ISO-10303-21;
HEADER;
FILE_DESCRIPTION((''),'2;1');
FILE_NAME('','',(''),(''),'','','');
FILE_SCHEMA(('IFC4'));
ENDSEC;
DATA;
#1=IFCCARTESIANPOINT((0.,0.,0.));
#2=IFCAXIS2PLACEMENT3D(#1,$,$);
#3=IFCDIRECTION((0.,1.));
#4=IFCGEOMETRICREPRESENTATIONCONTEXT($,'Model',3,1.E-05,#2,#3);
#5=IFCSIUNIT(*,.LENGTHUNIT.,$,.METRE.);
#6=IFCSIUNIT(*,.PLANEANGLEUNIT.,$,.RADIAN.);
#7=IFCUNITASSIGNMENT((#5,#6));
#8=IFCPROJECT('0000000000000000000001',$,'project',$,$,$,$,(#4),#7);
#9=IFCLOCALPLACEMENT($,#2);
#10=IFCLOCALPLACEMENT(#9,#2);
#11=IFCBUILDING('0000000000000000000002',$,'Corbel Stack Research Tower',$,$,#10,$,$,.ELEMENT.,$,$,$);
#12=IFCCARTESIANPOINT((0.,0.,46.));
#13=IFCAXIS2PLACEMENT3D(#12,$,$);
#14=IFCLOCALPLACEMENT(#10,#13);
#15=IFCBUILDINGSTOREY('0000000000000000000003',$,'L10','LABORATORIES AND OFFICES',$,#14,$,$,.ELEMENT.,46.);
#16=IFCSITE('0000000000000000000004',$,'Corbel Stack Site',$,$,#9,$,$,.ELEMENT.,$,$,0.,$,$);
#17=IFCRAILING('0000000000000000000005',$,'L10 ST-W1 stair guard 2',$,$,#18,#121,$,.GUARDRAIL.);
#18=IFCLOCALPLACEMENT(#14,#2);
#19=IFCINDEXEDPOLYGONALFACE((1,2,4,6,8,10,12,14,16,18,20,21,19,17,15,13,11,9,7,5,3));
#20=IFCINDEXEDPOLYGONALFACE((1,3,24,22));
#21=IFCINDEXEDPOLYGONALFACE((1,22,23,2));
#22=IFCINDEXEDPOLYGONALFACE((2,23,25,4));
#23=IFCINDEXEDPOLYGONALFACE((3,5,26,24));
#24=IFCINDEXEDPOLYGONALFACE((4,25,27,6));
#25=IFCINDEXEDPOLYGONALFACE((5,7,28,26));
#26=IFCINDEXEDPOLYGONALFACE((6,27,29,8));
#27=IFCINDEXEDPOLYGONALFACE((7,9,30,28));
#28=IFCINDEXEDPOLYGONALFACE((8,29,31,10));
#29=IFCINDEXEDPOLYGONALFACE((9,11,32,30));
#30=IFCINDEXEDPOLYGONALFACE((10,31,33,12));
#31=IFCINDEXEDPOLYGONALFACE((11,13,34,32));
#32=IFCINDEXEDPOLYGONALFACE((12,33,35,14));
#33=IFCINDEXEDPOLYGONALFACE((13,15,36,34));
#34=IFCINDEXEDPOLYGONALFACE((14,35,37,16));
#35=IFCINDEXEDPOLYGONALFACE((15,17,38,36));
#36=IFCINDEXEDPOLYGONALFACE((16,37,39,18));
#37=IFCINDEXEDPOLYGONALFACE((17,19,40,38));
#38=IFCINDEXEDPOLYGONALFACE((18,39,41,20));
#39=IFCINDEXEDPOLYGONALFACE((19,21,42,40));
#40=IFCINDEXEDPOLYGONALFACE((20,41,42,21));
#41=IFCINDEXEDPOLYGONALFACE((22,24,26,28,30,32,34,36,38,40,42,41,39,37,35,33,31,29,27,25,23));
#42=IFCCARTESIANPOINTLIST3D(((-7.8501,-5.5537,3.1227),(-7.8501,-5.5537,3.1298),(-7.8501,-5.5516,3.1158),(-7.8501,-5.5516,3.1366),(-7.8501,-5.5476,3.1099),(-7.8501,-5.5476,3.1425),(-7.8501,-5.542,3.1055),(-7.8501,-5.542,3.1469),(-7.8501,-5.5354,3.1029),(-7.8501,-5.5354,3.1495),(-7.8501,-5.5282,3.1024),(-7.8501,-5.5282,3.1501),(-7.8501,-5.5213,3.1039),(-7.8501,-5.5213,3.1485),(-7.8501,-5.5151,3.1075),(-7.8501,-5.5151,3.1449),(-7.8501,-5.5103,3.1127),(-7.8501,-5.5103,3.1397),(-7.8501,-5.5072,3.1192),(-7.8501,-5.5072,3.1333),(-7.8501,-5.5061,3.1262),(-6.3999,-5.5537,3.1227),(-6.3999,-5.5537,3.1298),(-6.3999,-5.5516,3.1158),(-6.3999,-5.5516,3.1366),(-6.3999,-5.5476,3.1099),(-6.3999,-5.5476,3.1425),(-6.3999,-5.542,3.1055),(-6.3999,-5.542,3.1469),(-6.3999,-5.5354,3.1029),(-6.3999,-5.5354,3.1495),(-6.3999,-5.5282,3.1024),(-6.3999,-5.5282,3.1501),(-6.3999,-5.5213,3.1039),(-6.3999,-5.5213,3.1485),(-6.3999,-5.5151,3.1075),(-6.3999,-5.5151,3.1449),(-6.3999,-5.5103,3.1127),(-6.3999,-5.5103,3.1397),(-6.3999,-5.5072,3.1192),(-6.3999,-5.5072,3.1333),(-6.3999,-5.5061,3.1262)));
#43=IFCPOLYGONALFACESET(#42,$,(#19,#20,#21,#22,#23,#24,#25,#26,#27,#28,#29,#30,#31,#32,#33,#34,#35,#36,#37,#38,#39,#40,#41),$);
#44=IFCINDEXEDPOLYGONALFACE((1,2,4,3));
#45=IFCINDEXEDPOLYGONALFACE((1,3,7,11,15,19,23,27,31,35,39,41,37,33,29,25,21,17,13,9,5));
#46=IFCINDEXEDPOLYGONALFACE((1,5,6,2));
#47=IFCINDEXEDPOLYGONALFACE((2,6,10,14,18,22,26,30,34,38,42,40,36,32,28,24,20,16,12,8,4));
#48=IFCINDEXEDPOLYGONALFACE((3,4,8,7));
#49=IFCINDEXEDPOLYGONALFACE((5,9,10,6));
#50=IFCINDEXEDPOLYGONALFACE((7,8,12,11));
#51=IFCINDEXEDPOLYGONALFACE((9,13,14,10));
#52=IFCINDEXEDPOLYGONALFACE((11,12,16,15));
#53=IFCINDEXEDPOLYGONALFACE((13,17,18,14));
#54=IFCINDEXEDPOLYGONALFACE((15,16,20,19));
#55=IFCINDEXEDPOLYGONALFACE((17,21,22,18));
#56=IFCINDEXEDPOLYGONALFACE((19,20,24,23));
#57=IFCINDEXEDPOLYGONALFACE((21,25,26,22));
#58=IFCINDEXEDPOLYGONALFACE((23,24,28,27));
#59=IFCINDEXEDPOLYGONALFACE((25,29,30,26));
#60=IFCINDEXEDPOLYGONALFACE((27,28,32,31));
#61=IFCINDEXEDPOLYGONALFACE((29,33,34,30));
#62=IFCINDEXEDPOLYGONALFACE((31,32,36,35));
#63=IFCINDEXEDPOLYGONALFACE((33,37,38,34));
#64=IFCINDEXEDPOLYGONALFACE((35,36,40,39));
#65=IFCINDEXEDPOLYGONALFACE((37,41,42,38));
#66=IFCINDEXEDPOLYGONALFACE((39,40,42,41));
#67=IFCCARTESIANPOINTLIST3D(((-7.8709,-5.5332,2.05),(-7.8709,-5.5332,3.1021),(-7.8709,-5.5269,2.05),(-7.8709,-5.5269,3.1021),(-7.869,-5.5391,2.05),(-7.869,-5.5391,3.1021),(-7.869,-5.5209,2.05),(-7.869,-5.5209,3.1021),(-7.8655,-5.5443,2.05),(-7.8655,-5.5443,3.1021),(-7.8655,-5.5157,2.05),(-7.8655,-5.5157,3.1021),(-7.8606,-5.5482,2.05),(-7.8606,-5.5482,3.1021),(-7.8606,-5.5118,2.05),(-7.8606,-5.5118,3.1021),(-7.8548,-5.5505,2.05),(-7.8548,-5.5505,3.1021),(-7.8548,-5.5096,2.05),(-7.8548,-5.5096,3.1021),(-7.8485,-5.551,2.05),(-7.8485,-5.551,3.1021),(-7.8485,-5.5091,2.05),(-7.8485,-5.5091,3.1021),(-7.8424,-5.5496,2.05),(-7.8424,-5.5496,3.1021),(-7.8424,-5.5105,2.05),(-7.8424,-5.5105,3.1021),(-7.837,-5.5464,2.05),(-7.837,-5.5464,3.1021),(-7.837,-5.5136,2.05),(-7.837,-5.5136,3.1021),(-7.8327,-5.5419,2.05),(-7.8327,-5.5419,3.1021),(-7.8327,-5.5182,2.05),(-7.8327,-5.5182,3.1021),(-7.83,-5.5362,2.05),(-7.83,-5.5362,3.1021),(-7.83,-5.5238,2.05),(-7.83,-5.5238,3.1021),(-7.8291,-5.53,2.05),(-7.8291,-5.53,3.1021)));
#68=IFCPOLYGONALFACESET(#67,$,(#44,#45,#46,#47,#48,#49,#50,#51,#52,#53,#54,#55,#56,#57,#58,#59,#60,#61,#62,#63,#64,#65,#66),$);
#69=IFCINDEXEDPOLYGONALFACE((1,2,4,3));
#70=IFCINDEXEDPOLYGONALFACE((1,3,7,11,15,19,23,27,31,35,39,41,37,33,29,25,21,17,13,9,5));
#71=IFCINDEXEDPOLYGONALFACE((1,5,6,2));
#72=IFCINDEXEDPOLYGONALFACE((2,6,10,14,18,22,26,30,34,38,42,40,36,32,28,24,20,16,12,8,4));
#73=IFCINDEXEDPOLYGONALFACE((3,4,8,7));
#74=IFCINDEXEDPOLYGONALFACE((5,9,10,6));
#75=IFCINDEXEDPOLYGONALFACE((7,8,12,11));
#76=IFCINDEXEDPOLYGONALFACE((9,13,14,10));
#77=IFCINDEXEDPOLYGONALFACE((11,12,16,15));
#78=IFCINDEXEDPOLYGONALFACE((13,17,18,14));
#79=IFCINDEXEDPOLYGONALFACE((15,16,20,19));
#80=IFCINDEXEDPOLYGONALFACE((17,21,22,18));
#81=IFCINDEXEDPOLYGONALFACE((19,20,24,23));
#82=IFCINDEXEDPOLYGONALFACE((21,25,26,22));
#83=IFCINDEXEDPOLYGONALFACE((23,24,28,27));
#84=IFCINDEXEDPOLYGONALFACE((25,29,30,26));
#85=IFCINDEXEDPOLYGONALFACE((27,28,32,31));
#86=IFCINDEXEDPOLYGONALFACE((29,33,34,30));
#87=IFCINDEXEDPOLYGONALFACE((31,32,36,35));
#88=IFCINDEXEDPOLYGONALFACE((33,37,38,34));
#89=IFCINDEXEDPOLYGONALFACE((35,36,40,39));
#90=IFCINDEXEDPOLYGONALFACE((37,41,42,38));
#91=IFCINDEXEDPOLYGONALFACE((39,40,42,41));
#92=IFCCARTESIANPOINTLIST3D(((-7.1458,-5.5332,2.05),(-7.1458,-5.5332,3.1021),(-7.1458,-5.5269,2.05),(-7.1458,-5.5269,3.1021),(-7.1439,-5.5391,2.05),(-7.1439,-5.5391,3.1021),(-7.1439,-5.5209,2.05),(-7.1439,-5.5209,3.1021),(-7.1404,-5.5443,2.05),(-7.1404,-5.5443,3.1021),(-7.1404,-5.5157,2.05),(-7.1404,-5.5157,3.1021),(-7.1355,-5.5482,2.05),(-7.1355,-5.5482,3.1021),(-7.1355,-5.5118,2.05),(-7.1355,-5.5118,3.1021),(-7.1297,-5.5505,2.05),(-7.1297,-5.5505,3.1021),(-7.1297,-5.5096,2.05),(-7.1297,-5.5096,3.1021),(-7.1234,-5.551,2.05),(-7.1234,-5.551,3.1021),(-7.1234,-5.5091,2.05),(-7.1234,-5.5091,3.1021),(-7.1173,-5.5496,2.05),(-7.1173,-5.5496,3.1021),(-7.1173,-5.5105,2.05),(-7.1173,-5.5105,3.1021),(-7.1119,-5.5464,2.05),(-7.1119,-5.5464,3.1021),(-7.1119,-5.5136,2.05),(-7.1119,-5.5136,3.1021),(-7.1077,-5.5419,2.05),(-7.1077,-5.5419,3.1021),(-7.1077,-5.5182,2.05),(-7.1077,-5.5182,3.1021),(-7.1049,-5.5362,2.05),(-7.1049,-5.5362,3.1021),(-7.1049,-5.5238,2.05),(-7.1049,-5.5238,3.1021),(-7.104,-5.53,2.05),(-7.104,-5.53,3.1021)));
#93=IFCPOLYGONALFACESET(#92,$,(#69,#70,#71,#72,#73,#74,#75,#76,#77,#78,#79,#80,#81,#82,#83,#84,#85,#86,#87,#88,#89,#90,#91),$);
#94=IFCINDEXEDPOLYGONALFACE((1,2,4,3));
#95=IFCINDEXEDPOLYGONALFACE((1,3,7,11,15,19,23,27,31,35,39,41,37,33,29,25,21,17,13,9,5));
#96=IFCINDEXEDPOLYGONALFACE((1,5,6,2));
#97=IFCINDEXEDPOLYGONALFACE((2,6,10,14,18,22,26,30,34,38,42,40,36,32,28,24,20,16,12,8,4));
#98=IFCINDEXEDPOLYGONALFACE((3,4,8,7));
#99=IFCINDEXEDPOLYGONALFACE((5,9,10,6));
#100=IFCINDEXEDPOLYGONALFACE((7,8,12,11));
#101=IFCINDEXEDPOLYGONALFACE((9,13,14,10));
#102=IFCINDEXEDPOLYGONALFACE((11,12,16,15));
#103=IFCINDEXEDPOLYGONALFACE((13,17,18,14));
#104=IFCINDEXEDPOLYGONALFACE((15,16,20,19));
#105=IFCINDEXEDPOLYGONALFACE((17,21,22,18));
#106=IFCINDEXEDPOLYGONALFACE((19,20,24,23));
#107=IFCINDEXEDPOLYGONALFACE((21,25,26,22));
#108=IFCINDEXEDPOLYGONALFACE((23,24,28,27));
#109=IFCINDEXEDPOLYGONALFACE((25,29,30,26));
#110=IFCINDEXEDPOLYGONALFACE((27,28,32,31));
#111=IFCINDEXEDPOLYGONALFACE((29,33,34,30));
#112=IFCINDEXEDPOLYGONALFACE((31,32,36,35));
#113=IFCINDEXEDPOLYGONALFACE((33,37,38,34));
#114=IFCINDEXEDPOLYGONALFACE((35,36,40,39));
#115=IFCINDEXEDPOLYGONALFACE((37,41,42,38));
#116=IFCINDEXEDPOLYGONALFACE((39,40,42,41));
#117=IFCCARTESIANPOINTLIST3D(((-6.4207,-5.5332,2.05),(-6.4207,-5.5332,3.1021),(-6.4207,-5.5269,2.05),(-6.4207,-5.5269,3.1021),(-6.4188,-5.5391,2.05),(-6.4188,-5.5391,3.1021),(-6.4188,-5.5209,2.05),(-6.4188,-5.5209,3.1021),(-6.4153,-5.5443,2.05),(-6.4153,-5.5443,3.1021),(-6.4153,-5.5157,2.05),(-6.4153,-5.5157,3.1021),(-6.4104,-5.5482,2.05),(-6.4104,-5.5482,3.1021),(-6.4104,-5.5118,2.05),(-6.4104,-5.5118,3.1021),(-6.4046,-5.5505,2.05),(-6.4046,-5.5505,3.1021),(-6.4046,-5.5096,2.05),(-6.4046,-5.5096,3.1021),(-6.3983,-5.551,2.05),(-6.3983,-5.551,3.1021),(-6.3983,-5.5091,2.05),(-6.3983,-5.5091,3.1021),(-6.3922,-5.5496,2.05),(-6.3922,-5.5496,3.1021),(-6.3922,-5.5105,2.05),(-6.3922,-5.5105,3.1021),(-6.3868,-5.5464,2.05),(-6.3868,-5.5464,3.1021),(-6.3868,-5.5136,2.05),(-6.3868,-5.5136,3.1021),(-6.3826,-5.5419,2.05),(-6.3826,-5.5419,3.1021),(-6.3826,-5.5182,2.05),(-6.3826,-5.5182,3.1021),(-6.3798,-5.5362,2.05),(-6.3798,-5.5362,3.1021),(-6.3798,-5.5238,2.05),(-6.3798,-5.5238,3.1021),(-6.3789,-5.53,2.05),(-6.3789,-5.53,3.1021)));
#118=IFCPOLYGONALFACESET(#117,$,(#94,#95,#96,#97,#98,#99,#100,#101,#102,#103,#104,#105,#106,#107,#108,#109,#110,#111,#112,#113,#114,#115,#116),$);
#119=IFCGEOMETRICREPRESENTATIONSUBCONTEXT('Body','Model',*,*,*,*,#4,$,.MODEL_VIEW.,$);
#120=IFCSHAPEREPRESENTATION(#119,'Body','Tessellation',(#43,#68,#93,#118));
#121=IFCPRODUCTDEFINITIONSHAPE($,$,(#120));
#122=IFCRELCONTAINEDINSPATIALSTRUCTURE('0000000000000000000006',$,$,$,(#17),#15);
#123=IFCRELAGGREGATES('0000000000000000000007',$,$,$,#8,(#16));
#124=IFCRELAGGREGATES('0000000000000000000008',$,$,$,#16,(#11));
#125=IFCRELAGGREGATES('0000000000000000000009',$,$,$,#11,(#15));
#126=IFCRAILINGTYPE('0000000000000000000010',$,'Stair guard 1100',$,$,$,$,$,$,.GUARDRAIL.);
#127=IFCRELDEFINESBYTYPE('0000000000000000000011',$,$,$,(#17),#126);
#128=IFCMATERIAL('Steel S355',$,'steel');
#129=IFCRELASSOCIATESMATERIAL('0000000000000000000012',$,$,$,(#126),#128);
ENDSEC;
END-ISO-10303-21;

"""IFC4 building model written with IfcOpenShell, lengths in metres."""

from ifc_helpers import new_model, si_unit, direction, frame, origin, origin_2d, place, context, subcontext, project, spatial, circle, extrude, material, type_object, element, save


model = new_model("IFC4")

# Units and contexts
model_context = context("Model", 3, precision=1e-05, world=origin(), true_north=direction((0.0, 1.0)))
body_context = subcontext(model_context, "Body", "Model", "MODEL_VIEW")
ifc_project = project(units=[si_unit("LENGTHUNIT", "METRE"), si_unit("PLANEANGLEUNIT", "RADIAN")], contexts=[model_context])

# Site, building, storey
site_placement = place(None, origin())
site = spatial("IfcSite", under=ifc_project, at=site_placement, Name="Corbel Stack Site", CompositionType="ELEMENT", RefElevation=0.0)
building_placement = place(site_placement, origin())
building = spatial("IfcBuilding", under=site, at=building_placement, Name="Corbel Stack Research Tower", CompositionType="ELEMENT")
storey_placement = place(building_placement, frame((0.0, 0.0, 46.0)))
storey = spatial("IfcBuildingStorey", under=building, at=storey_placement, Name="L10", Description="LABORATORIES AND OFFICES", CompositionType="ELEMENT", Elevation=46.0)

# Railing
ifc_material_1 = material(Name="Steel S355", Category="steel")
railing_type_1 = type_object("IfcRailingType", Name="Stair guard 1100", PredefinedType="GUARDRAIL", material=ifc_material_1)
railing_1_placement = place(storey_placement, frame((-7.8501, -5.53, 2.05)))
element("IfcRailing", 1, at=railing_1_placement, inside=storey, type_object=railing_type_1, Name="L10 ST-W1 stair guard 2", PredefinedType="GUARDRAIL", context=body_context, shape_type="SweptSolid", body=[
    extrude(circle(Radius=0.0239, at=origin_2d()), frame((0.0, 0.0, 1.0762), z_axis=(1.0, 0.0, 0.0), x_axis=(0.0, 1.0, 0.0)), (0.0, 0.0, 1.0), 1.4502),
    extrude(circle(Radius=0.021, at=origin_2d()), origin(), (0.0, 0.0, 1.0), 1.052),
    extrude(circle(Radius=0.021, at=origin_2d()), frame((0.7251, 0.0, 0.0)), (0.0, 0.0, 1.0), 1.052),
    extrude(circle(Radius=0.021, at=origin_2d()), frame((1.4502, 0.0, 0.0)), (0.0, 0.0, 1.0), 1.052),
])

save(model, "model.ifc")
